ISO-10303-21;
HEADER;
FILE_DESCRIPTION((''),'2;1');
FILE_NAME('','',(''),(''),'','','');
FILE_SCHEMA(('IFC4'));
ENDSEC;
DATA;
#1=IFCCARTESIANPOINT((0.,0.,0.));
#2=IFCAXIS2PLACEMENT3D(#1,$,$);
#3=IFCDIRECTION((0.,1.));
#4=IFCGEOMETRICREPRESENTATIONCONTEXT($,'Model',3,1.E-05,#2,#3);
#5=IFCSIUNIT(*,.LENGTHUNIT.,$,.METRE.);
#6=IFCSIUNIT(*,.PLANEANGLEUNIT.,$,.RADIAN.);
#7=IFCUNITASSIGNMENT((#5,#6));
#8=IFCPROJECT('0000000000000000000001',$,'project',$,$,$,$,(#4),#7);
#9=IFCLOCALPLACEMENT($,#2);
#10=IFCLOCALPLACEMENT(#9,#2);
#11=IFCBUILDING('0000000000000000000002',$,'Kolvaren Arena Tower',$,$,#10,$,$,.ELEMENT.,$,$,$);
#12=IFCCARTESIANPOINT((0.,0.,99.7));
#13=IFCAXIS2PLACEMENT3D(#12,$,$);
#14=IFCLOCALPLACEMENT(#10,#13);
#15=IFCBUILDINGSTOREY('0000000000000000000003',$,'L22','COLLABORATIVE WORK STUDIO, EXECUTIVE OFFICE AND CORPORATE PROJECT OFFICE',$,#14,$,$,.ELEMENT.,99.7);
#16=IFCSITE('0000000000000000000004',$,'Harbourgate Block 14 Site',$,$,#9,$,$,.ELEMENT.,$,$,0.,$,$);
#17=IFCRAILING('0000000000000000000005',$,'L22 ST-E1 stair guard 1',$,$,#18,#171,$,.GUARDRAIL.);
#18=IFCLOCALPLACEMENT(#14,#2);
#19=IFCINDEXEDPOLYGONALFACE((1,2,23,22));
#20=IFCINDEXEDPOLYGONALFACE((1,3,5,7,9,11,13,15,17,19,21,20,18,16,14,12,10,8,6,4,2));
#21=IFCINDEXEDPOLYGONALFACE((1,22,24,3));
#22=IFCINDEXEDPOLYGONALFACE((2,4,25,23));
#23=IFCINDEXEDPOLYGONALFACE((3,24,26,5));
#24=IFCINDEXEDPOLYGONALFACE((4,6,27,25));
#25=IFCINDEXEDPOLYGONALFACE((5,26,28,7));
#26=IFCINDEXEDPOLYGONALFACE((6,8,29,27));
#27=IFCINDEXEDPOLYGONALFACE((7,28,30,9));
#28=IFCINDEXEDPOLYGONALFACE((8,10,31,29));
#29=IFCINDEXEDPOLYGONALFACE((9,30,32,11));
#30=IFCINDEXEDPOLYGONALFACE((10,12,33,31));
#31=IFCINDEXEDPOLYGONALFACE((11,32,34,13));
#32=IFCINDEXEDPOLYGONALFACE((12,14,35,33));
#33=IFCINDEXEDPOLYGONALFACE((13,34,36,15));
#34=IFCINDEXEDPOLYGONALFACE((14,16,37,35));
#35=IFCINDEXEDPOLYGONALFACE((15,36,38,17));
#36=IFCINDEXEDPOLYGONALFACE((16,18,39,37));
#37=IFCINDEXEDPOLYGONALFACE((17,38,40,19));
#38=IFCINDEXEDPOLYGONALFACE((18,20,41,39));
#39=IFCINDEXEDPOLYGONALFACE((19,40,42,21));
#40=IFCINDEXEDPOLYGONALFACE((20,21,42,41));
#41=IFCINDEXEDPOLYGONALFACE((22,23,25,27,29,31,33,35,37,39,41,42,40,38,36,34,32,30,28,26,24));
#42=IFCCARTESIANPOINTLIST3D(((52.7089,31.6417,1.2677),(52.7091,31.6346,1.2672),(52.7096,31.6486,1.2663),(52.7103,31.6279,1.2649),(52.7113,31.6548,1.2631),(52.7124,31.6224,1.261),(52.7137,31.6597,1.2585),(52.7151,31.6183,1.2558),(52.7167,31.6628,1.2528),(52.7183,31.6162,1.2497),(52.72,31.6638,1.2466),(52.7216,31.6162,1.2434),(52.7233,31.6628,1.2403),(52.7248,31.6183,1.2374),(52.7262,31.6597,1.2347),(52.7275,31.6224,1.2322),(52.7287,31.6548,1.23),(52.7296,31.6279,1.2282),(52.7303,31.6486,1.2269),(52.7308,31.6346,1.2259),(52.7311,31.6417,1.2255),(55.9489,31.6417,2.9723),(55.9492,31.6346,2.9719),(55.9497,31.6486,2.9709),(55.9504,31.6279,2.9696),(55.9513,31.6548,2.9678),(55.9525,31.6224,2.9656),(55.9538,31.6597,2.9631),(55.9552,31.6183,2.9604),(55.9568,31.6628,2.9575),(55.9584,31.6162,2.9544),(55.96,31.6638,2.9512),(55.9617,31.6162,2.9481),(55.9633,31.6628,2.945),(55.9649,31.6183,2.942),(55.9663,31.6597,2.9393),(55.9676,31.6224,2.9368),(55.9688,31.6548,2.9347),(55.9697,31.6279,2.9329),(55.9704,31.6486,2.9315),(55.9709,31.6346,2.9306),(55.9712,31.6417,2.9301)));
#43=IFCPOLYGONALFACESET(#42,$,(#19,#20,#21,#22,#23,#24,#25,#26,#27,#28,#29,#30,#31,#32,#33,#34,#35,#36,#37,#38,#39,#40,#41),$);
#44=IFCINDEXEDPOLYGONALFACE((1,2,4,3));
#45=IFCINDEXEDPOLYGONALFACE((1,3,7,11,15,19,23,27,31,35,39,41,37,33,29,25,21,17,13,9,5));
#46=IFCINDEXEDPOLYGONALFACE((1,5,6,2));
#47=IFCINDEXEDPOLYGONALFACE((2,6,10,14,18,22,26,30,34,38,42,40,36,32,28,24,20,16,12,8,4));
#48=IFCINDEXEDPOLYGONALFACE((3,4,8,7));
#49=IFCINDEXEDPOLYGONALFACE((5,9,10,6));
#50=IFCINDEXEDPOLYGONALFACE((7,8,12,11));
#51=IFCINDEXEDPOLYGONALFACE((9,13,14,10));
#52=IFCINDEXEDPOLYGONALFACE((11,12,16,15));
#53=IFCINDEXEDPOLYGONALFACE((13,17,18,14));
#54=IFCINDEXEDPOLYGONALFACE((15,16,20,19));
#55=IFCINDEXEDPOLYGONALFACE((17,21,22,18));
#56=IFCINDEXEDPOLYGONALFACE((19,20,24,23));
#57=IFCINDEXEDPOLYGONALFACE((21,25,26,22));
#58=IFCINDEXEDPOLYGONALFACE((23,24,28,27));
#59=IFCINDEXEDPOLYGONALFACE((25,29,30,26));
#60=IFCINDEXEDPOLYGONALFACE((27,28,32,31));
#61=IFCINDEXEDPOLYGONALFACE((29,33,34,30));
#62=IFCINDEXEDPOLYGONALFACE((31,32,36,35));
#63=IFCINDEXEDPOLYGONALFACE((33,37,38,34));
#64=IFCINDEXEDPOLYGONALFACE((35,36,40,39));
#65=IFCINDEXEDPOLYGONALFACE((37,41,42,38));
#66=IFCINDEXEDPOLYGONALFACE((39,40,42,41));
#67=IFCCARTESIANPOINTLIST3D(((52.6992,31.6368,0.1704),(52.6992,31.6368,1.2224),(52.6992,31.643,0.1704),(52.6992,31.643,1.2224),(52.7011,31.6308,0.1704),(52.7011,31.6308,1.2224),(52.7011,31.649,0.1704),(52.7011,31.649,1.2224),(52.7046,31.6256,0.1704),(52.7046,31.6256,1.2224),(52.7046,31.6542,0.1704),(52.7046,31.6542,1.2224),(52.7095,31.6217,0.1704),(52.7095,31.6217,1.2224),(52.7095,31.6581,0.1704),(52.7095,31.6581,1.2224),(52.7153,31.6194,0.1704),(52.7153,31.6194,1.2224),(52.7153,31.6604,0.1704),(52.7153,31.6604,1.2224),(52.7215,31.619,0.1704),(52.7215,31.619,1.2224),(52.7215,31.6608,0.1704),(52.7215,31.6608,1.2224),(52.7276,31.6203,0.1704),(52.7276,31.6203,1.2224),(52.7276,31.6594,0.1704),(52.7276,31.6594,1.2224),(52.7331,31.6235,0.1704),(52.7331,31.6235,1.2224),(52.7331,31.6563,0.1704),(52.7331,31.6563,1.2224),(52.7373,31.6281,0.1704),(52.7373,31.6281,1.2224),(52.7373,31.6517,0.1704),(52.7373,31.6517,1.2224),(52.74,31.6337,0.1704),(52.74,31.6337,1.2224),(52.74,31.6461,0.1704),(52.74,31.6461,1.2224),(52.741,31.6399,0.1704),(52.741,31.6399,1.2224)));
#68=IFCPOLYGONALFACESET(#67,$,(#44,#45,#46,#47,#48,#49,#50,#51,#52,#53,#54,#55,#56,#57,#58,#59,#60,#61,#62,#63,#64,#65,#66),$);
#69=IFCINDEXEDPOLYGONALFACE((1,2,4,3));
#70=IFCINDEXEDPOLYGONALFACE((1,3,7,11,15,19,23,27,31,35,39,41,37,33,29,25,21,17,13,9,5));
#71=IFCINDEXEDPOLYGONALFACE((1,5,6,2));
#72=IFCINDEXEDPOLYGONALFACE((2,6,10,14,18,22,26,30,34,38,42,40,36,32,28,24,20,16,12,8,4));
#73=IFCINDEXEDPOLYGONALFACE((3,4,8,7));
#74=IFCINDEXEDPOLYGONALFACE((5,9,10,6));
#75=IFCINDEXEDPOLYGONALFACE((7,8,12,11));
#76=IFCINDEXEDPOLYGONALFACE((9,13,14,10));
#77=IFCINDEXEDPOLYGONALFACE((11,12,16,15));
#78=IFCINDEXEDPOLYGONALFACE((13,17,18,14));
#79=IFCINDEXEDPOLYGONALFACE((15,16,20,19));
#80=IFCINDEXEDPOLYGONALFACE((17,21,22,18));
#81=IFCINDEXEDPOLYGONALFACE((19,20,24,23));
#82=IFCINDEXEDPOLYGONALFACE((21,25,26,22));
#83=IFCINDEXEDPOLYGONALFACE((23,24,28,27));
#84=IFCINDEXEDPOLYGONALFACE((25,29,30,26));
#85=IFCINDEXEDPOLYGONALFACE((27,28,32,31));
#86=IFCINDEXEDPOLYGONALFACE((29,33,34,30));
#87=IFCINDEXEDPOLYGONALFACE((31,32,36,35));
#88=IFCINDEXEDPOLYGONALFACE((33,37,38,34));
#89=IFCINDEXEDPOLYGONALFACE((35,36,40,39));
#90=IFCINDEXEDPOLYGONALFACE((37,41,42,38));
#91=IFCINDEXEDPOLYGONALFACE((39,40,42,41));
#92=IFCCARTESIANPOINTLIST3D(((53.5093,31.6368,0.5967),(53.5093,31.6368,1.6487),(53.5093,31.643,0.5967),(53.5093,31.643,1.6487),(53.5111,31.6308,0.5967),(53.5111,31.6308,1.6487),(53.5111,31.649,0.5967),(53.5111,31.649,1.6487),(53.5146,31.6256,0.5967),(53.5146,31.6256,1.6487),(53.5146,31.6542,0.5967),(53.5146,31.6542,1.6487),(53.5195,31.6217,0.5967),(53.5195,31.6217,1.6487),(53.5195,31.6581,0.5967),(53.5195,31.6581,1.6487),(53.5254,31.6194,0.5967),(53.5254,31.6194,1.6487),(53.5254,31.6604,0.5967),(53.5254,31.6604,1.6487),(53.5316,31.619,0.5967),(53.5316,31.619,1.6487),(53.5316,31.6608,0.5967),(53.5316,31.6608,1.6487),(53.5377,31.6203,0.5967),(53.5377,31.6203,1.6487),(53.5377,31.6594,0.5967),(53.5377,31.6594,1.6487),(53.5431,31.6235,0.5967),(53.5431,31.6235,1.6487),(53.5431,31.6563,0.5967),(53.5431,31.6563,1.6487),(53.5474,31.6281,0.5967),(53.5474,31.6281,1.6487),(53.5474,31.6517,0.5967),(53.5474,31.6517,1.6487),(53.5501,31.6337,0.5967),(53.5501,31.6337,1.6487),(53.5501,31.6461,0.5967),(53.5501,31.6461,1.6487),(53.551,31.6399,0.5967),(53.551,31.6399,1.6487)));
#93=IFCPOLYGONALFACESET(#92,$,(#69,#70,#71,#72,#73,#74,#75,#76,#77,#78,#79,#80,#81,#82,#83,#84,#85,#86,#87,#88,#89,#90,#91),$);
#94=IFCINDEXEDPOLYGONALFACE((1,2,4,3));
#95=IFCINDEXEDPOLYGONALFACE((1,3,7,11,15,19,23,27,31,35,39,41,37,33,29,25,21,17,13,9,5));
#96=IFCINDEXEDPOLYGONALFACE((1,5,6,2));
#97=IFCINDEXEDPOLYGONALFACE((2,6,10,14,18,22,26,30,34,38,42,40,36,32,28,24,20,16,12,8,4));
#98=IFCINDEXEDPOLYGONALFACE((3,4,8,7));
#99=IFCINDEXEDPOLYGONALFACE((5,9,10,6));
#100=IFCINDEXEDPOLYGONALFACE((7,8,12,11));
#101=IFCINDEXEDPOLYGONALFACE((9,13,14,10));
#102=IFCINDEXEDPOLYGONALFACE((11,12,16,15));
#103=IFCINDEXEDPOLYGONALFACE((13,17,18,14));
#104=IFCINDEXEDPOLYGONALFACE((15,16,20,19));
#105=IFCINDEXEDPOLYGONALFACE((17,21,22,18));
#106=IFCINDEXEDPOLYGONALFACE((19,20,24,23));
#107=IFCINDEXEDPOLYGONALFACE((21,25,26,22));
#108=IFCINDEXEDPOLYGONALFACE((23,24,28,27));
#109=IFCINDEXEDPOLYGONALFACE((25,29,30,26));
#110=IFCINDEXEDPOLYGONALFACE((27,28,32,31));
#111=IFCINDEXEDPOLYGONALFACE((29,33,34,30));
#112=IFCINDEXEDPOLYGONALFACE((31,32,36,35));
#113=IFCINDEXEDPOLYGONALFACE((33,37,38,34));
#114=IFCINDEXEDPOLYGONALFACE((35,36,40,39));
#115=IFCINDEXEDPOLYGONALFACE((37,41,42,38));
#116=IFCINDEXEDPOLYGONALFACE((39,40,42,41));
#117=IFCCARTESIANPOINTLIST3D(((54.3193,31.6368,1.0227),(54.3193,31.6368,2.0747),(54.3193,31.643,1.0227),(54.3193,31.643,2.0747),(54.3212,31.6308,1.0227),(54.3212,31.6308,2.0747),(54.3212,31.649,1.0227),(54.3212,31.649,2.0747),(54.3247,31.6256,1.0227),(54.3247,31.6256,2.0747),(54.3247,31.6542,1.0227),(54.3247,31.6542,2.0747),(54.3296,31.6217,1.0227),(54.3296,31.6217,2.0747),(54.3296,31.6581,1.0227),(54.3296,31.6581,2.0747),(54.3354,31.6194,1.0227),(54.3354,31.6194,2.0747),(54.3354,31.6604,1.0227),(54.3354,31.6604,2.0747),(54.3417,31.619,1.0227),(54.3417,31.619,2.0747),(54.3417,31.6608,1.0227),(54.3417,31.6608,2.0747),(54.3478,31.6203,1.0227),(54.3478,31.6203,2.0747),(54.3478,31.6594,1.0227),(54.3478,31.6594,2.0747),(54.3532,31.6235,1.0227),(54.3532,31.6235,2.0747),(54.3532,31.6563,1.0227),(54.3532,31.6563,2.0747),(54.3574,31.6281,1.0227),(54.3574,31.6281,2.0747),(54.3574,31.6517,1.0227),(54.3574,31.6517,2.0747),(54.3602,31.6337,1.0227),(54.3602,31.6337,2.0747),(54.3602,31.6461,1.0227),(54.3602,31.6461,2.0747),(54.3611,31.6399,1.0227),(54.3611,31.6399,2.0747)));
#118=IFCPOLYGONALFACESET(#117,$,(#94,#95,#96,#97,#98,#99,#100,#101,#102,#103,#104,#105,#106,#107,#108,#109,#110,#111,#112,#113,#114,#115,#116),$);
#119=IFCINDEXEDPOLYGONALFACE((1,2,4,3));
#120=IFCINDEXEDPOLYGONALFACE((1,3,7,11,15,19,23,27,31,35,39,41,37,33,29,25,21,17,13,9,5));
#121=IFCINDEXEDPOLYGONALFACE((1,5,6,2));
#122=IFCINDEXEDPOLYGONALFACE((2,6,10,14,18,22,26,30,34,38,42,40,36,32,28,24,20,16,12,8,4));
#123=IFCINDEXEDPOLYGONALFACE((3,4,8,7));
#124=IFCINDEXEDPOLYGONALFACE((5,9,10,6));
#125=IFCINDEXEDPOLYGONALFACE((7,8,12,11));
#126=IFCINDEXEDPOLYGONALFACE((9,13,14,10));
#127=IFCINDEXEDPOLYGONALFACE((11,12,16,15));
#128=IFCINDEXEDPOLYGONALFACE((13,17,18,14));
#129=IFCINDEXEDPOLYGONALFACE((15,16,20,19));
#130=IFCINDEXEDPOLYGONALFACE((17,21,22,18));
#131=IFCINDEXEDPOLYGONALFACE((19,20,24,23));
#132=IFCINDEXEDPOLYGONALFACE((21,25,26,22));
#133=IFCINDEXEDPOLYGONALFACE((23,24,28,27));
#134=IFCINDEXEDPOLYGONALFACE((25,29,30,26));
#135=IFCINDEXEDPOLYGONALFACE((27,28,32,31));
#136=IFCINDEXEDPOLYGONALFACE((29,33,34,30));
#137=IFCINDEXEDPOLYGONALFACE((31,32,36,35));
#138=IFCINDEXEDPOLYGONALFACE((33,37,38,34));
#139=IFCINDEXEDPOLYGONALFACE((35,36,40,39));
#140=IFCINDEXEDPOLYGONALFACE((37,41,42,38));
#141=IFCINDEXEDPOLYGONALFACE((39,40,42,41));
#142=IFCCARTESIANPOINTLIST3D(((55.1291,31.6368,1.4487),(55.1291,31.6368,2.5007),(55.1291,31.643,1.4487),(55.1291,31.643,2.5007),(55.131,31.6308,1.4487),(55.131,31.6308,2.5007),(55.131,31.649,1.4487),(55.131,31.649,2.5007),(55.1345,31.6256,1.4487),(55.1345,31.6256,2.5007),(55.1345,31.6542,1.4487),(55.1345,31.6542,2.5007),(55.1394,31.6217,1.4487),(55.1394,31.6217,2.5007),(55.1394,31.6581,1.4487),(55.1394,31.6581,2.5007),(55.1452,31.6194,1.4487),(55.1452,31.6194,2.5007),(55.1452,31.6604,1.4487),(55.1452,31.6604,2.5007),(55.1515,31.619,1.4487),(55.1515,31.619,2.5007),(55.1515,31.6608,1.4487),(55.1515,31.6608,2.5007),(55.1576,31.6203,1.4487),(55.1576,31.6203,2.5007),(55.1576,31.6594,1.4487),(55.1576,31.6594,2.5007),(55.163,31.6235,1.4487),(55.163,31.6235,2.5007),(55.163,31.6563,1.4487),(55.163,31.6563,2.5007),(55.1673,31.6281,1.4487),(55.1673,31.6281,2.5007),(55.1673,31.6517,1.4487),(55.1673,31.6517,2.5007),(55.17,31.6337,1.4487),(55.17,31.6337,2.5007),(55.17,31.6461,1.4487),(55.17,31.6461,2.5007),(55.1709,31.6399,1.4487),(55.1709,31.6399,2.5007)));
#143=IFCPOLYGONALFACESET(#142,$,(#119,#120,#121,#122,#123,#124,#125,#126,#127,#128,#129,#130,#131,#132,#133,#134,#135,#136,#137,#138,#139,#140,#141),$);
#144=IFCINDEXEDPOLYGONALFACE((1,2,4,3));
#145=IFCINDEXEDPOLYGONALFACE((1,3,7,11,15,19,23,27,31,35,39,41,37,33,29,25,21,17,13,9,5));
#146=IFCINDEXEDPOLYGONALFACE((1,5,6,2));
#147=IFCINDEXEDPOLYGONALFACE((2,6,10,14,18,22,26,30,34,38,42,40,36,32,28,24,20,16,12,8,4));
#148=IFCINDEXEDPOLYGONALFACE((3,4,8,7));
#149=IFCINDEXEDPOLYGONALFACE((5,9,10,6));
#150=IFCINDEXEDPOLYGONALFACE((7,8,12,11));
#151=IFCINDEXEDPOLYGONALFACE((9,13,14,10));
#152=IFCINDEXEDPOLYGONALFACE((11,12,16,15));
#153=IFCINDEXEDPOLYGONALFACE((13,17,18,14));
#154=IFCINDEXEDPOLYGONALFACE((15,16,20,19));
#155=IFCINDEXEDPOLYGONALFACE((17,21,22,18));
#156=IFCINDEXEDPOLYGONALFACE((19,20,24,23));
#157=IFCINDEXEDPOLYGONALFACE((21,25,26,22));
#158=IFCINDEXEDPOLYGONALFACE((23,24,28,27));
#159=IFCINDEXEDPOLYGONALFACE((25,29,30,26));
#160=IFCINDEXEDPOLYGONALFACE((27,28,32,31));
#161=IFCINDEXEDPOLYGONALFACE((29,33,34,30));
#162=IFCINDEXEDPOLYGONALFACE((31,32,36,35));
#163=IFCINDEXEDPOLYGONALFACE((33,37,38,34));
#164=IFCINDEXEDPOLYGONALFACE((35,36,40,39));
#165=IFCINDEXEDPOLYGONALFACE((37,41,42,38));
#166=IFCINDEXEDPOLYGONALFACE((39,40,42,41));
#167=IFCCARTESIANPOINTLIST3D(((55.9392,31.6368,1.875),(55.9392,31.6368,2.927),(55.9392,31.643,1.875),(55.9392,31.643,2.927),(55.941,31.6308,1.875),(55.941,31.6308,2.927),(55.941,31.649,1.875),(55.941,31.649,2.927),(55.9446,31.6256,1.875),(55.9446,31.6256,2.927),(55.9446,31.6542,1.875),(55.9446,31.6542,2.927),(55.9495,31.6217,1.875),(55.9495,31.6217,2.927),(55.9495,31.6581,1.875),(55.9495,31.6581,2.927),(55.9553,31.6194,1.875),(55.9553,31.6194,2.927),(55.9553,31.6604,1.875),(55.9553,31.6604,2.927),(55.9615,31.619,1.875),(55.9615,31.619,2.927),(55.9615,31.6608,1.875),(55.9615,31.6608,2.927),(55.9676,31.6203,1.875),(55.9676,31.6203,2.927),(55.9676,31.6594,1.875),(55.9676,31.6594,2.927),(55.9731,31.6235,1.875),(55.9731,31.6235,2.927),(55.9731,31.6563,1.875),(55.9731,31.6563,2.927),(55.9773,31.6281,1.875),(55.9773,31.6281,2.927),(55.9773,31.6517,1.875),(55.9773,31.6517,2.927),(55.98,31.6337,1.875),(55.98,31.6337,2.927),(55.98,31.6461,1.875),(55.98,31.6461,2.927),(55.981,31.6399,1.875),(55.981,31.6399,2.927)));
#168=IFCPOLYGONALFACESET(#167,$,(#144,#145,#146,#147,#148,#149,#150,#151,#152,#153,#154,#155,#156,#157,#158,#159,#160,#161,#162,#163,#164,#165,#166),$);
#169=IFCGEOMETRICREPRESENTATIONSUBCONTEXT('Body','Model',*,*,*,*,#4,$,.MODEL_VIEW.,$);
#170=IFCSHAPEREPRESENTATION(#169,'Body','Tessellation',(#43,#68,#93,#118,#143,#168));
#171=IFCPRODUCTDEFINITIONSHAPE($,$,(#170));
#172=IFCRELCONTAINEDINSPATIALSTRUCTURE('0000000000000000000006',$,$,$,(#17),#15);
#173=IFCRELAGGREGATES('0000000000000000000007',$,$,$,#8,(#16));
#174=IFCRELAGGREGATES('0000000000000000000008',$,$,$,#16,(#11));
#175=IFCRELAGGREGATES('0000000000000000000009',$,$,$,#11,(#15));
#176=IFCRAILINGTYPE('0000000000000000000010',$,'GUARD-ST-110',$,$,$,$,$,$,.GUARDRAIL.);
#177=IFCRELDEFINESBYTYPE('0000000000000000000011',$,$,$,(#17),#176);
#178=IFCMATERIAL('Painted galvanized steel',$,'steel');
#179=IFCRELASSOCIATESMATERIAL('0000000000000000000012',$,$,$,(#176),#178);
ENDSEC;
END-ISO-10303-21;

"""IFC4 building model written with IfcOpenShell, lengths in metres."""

from ifc_helpers import new_model, si_unit, direction, frame, origin, origin_2d, place, context, subcontext, project, spatial, circle, extrude, material, type_object, element, save


model = new_model("IFC4")

# Units and contexts
model_context = context("Model", 3, precision=1e-05, world=origin(), true_north=direction((0.0, 1.0)))
body_context = subcontext(model_context, "Body", "Model", "MODEL_VIEW")
ifc_project = project(units=[si_unit("LENGTHUNIT", "METRE"), si_unit("PLANEANGLEUNIT", "RADIAN")], contexts=[model_context])

# Site, building, storey
site_placement = place(None, origin())
site = spatial("IfcSite", under=ifc_project, at=site_placement, Name="Harbourgate Block 14 Site", CompositionType="ELEMENT", RefElevation=0.0)
building_placement = place(site_placement, origin())
building = spatial("IfcBuilding", under=site, at=building_placement, Name="Kolvaren Arena Tower", CompositionType="ELEMENT")
storey_placement = place(building_placement, frame((0.0, 0.0, 99.7)))
storey = spatial("IfcBuildingStorey", under=building, at=storey_placement, Name="L22", Description="COLLABORATIVE WORK STUDIO, EXECUTIVE OFFICE AND CORPORATE PROJECT OFFICE", CompositionType="ELEMENT", Elevation=99.7)

# Railing
ifc_material_1 = material(Name="Painted galvanized steel", Category="steel")
railing_type_1 = type_object("IfcRailingType", Name="GUARD-ST-110", PredefinedType="GUARDRAIL", material=ifc_material_1)
railing_1_placement = place(storey_placement, frame((52.72, 31.6399, 0.1704)))
element("IfcRailing", 1, at=railing_1_placement, inside=storey, type_object=railing_type_1, Name="L22 ST-E1 stair guard 1", PredefinedType="GUARDRAIL", context=body_context, shape_type="SweptSolid", body=[
    extrude(circle(Radius=0.0239, at=origin_2d()), frame((0.0, 0.0, 1.0762), z_axis=(0.884993, 0.0, 0.465604), x_axis=(0.0, 1.0, 0.0)), (0.0, 0.0, 1.0), 3.6611),
    extrude(circle(Radius=0.021, at=origin_2d()), origin(), (0.0, 0.0, 1.0), 1.052),
    extrude(circle(Radius=0.021, at=origin_2d()), frame((0.8101, 0.0, 0.4263)), (0.0, 0.0, 1.0), 1.052),
    extrude(circle(Radius=0.021, at=origin_2d()), frame((1.6201, 0.0, 0.8523)), (0.0, 0.0, 1.0), 1.052),
    extrude(circle(Radius=0.021, at=origin_2d()), frame((2.4299, 0.0, 1.2783)), (0.0, 0.0, 1.0), 1.052),
    extrude(circle(Radius=0.021, at=origin_2d()), frame((3.24, 0.0, 1.7046)), (0.0, 0.0, 1.0), 1.052),
])

save(model, "model.ifc")
